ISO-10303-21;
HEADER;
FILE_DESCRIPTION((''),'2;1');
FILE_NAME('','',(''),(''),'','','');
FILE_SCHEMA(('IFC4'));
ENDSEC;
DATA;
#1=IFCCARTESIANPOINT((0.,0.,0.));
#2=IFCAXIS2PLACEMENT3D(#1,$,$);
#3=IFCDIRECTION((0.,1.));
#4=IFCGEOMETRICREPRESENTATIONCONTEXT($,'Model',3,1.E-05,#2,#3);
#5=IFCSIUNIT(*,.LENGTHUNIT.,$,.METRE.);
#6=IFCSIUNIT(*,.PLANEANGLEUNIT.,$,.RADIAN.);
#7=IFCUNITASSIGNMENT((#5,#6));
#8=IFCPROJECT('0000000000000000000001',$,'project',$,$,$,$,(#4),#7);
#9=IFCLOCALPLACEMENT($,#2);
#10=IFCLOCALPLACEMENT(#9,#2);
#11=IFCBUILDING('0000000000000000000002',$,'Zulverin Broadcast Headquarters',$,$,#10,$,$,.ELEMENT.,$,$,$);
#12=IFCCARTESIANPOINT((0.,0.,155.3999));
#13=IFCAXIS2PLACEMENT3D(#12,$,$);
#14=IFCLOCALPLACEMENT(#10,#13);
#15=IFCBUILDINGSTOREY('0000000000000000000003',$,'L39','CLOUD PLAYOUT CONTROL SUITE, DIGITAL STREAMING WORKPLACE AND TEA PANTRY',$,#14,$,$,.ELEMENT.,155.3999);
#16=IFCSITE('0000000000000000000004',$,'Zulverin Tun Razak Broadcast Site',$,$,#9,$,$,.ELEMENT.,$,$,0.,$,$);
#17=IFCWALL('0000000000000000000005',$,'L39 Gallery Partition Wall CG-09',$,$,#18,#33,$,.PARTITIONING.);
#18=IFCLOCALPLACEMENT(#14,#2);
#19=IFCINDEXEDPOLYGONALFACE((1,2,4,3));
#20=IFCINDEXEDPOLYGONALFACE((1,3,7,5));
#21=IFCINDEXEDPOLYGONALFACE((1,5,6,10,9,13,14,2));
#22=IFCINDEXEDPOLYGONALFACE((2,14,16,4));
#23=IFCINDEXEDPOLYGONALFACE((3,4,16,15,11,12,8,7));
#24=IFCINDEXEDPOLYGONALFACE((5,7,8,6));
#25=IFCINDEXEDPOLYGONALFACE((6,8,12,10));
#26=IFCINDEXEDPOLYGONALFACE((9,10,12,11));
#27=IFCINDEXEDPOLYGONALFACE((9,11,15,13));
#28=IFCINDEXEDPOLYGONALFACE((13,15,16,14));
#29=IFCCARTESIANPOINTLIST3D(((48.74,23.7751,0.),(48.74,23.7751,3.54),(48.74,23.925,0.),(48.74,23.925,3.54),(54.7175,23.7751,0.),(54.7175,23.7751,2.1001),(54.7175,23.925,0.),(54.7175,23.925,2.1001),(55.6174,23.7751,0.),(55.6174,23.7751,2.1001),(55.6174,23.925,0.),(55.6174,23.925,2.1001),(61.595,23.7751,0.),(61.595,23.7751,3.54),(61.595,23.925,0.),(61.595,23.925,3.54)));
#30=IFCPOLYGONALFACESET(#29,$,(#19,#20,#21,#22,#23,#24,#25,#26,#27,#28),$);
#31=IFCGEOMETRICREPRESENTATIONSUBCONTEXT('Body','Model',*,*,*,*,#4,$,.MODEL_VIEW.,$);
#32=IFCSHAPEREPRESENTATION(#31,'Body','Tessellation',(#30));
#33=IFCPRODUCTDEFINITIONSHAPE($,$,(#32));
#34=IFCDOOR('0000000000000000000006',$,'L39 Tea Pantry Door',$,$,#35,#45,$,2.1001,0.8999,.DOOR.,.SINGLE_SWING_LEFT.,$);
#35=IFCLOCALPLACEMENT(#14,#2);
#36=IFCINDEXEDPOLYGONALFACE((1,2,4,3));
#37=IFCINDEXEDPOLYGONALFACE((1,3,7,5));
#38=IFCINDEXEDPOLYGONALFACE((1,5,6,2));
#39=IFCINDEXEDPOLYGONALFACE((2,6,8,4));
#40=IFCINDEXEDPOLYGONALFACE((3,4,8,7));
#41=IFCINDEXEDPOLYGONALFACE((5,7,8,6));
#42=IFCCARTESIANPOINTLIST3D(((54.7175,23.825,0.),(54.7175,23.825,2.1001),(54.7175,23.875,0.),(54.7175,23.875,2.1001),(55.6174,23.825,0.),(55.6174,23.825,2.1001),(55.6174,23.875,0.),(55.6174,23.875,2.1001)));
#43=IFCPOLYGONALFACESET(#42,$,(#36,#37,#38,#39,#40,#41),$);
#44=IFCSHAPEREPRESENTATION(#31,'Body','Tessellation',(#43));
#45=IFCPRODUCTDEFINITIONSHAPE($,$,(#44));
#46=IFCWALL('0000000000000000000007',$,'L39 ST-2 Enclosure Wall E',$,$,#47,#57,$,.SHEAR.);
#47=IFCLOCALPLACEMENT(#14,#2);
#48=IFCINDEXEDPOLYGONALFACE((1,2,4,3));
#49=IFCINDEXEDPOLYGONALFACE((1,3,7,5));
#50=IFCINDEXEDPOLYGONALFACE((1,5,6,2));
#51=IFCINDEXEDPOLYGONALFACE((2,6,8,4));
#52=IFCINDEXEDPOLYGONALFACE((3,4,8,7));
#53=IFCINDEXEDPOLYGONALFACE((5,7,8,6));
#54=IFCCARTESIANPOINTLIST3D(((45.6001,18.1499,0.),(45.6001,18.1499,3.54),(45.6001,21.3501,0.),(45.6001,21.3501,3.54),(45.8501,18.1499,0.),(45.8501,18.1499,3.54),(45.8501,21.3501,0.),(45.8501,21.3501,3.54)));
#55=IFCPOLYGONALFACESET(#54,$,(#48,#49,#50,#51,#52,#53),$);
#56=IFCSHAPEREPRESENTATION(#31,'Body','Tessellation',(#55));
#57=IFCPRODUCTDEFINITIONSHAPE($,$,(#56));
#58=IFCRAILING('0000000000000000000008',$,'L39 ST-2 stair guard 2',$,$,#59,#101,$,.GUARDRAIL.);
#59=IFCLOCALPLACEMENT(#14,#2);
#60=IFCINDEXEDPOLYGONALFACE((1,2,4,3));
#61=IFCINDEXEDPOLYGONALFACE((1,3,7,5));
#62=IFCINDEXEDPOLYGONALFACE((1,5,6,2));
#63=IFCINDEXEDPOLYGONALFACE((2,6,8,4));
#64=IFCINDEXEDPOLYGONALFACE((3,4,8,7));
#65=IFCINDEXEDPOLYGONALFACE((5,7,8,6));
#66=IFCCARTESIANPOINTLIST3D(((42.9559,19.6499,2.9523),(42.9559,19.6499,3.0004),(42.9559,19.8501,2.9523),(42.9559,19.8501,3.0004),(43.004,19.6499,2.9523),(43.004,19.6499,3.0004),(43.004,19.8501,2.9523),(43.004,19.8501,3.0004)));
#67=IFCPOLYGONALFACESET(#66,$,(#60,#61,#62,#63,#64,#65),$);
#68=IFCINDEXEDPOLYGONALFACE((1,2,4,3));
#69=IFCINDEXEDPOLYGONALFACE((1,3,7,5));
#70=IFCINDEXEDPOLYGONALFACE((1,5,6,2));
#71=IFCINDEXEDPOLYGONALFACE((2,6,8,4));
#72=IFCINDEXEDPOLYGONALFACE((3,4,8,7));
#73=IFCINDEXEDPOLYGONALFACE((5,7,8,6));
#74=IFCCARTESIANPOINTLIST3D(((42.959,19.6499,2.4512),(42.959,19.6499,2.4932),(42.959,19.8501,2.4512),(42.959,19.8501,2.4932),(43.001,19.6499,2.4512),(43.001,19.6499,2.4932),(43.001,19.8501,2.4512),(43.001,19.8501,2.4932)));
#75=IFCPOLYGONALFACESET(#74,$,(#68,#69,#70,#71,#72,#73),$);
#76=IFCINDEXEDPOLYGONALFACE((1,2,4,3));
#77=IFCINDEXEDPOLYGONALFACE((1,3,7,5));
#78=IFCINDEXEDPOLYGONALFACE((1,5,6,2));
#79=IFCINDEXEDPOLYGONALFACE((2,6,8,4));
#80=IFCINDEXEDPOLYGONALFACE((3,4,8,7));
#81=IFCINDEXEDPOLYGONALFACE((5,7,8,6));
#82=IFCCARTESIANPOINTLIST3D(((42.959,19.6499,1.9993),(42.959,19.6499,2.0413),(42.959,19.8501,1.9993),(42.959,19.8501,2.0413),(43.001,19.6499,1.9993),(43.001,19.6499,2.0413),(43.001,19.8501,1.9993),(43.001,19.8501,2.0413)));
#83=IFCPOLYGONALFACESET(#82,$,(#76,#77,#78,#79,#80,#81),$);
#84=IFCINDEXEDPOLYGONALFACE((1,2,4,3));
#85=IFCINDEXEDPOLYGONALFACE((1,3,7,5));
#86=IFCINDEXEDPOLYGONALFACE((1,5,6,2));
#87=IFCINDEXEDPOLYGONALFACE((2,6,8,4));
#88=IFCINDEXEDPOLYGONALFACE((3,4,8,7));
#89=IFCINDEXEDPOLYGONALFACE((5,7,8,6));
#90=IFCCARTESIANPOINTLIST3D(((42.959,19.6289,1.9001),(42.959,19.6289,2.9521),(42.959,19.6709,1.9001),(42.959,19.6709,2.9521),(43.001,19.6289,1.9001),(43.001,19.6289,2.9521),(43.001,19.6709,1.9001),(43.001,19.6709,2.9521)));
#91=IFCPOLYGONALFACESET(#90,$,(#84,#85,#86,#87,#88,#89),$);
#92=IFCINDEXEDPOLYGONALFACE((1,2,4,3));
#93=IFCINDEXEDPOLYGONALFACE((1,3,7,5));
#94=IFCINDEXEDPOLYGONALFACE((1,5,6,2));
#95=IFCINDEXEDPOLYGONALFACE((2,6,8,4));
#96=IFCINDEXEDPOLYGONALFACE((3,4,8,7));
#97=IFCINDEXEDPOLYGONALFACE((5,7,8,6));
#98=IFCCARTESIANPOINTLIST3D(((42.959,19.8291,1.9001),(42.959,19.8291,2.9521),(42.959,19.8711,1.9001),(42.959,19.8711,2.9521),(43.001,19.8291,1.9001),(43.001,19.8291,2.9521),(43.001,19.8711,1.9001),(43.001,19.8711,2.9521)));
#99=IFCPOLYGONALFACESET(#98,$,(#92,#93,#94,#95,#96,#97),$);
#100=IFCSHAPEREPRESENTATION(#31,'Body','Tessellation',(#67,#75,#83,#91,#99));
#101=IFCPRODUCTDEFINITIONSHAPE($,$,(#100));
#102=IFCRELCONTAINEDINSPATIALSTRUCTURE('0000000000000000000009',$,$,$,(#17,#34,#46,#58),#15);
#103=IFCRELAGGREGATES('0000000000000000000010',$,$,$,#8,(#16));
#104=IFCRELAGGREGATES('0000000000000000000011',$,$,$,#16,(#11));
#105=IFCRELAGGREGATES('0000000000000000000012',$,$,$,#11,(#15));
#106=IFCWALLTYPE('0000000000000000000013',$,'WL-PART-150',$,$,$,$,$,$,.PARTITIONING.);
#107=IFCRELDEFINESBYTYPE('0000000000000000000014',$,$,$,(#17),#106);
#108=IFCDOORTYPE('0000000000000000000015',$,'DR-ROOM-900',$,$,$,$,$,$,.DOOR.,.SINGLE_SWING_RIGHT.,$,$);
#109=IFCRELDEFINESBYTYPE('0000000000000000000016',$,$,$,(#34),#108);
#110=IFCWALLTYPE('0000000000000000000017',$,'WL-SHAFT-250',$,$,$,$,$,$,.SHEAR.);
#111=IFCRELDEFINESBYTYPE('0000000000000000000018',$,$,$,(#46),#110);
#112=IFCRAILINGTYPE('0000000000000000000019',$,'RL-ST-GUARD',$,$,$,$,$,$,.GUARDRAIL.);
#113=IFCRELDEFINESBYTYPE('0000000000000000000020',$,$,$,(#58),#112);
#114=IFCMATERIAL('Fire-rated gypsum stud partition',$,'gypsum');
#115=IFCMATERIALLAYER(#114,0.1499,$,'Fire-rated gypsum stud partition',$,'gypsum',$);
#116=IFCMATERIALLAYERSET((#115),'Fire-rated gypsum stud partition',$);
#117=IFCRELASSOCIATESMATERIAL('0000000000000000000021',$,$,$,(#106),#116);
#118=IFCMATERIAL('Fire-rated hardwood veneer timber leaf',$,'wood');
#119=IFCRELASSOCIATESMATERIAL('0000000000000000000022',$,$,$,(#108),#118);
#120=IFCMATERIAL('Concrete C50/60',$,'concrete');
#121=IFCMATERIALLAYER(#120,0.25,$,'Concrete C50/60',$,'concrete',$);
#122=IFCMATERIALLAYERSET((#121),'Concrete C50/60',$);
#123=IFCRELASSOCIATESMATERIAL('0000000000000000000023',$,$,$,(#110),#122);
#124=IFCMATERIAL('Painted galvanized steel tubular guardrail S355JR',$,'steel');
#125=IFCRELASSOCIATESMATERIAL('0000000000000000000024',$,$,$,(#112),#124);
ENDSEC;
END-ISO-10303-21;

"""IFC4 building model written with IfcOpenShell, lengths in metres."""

from ifc_helpers import new_model, si_unit, direction, frame, frame_2d, origin, origin_2d, place, context, subcontext, project, spatial, rectangle, extrude, material, layer, layer_set, type_object, element, fill, save


model = new_model("IFC4")

# Units and contexts
model_context = context("Model", 3, precision=1e-05, world=origin(), true_north=direction((0.0, 1.0)))
body_context = subcontext(model_context, "Body", "Model", "MODEL_VIEW")
ifc_project = project(units=[si_unit("LENGTHUNIT", "METRE"), si_unit("PLANEANGLEUNIT", "RADIAN")], contexts=[model_context])

# Site, building, storey
site_placement = place(None, origin())
site = spatial("IfcSite", under=ifc_project, at=site_placement, Name="Zulverin Tun Razak Broadcast Site", CompositionType="ELEMENT", RefElevation=0.0)
building_placement = place(site_placement, origin())
building = spatial("IfcBuilding", under=site, at=building_placement, Name="Zulverin Broadcast Headquarters", CompositionType="ELEMENT")
storey_placement = place(building_placement, frame((0.0, 0.0, 155.3999)))
storey = spatial("IfcBuildingStorey", under=building, at=storey_placement, Name="L39", Description="CLOUD PLAYOUT CONTROL SUITE, DIGITAL STREAMING WORKPLACE AND TEA PANTRY", CompositionType="ELEMENT", Elevation=155.3999)

# Wall, opening, door
ifc_material_1 = material(Name="Fire-rated gypsum stud partition", Category="gypsum")
ifc_layer_1 = layer(ifc_material_1, 0.1499, Name="Fire-rated gypsum stud partition", Category="gypsum")
ifc_layer_set_1 = layer_set([ifc_layer_1], Name="Fire-rated gypsum stud partition")
wall_type_1 = type_object("IfcWallType", Name="WL-PART-150", PredefinedType="PARTITIONING", material=ifc_layer_set_1)
wall_1_placement = place(storey_placement, frame((48.74, 23.8501, 0.0), z_axis=(0.0, 0.0, 1.0), x_axis=(1.0, 0.0, 0.0)))
wall_1 = element("IfcWall", 1, at=wall_1_placement, inside=storey, type_object=wall_type_1, Name="L39 Gallery Partition Wall CG-09", PredefinedType="PARTITIONING", context=body_context, shape_type="SweptSolid", body=[
    extrude(rectangle(XDim=12.855, YDim=0.1499, at=frame_2d((6.4275, 0.0))), origin(), (0.0, 0.0, 1.0), 3.54),
])
opening_1_placement = place(wall_1_placement, frame((5.9775, 0.0, 0.0)))
opening_1 = element("IfcOpeningElement", 2, at=opening_1_placement, cuts=wall_1, PredefinedType="OPENING", context=body_context, shape_type="SweptSolid", body=[
    extrude(rectangle(XDim=0.8999, YDim=2.1001, at=frame_2d((0.45, 1.05))), frame((0.0, 0.085, 0.0), z_axis=(0.0, -1.0, 0.0), x_axis=(1.0, 0.0, 0.0)), (0.0, 0.0, 1.0), 0.1699),
])
ifc_material_2 = material(Name="Fire-rated hardwood veneer timber leaf", Category="wood")
door_type_1 = type_object("IfcDoorType", Name="DR-ROOM-900", OperationType="SINGLE_SWING_RIGHT", PredefinedType="DOOR", material=ifc_material_2)
door_1_placement = place(opening_1_placement, origin())
door_1 = element("IfcDoor", 3, at=door_1_placement, inside=storey, type_object=door_type_1, Name="L39 Tea Pantry Door", OperationType="SINGLE_SWING_LEFT", OverallHeight=2.1001, OverallWidth=0.8999, PredefinedType="DOOR", context=body_context, shape_type="SweptSolid", body=[
    extrude(rectangle(XDim=0.8999, YDim=2.1001, at=frame_2d((0.45, 1.05))), frame((0.0, 0.0249, 0.0), z_axis=(0.0, -1.0, 0.0), x_axis=(1.0, 0.0, 0.0)), (0.0, 0.0, 1.0), 0.05),
])
fill(opening_1, door_1)

# Wall
ifc_material_3 = material(Name="Concrete C50/60", Category="concrete")
ifc_layer_2 = layer(ifc_material_3, 0.25, Name="Concrete C50/60", Category="concrete")
ifc_layer_set_2 = layer_set([ifc_layer_2], Name="Concrete C50/60")
wall_type_2 = type_object("IfcWallType", Name="WL-SHAFT-250", PredefinedType="SHEAR", material=ifc_layer_set_2)
wall_2_placement = place(storey_placement, frame((45.7251, 18.1499, 0.0), z_axis=(0.0, 0.0, 1.0), x_axis=(0.0, 1.0, 0.0)))
element("IfcWall", 4, at=wall_2_placement, inside=storey, type_object=wall_type_2, Name="L39 ST-2 Enclosure Wall E", PredefinedType="SHEAR", context=body_context, shape_type="SweptSolid", body=[
    extrude(rectangle(XDim=3.2002, YDim=0.25, at=frame_2d((1.6001, 0.0))), origin(), (0.0, 0.0, 1.0), 3.54),
])

# Railing
ifc_material_4 = material(Name="Painted galvanized steel tubular guardrail S355JR", Category="steel")
railing_type = type_object("IfcRailingType", Name="RL-ST-GUARD", PredefinedType="GUARDRAIL", material=ifc_material_4)
railing_placement = place(storey_placement, frame((42.98, 19.6499, 1.9001)))
element("IfcRailing", 5, at=railing_placement, inside=storey, type_object=railing_type, Name="L39 ST-2 stair guard 2", PredefinedType="GUARDRAIL", context=body_context, shape_type="SweptSolid", body=[
    extrude(rectangle(XDim=0.0481, YDim=0.0481, at=origin_2d()), frame((0.0, 0.0, 1.0762), z_axis=(0.0, 1.0, 0.0), x_axis=(-1.0, 0.0, 0.0)), (0.0, 0.0, 1.0), 0.2002),
    extrude(rectangle(XDim=0.042, YDim=0.042, at=origin_2d()), frame((0.0, 0.0, 0.572), z_axis=(0.0, 1.0, 0.0), x_axis=(-1.0, 0.0, 0.0)), (0.0, 0.0, 1.0), 0.2002),
    extrude(rectangle(XDim=0.042, YDim=0.042, at=origin_2d()), frame((0.0, 0.0, 0.1201), z_axis=(0.0, 1.0, 0.0), x_axis=(-1.0, 0.0, 0.0)), (0.0, 0.0, 1.0), 0.2002),
    extrude(rectangle(XDim=0.042, YDim=0.042, at=origin_2d()), origin(), (0.0, 0.0, 1.0), 1.052),
    extrude(rectangle(XDim=0.042, YDim=0.042, at=origin_2d()), frame((0.0, 0.2002, 0.0)), (0.0, 0.0, 1.0), 1.052),
])

save(model, "model.ifc")
